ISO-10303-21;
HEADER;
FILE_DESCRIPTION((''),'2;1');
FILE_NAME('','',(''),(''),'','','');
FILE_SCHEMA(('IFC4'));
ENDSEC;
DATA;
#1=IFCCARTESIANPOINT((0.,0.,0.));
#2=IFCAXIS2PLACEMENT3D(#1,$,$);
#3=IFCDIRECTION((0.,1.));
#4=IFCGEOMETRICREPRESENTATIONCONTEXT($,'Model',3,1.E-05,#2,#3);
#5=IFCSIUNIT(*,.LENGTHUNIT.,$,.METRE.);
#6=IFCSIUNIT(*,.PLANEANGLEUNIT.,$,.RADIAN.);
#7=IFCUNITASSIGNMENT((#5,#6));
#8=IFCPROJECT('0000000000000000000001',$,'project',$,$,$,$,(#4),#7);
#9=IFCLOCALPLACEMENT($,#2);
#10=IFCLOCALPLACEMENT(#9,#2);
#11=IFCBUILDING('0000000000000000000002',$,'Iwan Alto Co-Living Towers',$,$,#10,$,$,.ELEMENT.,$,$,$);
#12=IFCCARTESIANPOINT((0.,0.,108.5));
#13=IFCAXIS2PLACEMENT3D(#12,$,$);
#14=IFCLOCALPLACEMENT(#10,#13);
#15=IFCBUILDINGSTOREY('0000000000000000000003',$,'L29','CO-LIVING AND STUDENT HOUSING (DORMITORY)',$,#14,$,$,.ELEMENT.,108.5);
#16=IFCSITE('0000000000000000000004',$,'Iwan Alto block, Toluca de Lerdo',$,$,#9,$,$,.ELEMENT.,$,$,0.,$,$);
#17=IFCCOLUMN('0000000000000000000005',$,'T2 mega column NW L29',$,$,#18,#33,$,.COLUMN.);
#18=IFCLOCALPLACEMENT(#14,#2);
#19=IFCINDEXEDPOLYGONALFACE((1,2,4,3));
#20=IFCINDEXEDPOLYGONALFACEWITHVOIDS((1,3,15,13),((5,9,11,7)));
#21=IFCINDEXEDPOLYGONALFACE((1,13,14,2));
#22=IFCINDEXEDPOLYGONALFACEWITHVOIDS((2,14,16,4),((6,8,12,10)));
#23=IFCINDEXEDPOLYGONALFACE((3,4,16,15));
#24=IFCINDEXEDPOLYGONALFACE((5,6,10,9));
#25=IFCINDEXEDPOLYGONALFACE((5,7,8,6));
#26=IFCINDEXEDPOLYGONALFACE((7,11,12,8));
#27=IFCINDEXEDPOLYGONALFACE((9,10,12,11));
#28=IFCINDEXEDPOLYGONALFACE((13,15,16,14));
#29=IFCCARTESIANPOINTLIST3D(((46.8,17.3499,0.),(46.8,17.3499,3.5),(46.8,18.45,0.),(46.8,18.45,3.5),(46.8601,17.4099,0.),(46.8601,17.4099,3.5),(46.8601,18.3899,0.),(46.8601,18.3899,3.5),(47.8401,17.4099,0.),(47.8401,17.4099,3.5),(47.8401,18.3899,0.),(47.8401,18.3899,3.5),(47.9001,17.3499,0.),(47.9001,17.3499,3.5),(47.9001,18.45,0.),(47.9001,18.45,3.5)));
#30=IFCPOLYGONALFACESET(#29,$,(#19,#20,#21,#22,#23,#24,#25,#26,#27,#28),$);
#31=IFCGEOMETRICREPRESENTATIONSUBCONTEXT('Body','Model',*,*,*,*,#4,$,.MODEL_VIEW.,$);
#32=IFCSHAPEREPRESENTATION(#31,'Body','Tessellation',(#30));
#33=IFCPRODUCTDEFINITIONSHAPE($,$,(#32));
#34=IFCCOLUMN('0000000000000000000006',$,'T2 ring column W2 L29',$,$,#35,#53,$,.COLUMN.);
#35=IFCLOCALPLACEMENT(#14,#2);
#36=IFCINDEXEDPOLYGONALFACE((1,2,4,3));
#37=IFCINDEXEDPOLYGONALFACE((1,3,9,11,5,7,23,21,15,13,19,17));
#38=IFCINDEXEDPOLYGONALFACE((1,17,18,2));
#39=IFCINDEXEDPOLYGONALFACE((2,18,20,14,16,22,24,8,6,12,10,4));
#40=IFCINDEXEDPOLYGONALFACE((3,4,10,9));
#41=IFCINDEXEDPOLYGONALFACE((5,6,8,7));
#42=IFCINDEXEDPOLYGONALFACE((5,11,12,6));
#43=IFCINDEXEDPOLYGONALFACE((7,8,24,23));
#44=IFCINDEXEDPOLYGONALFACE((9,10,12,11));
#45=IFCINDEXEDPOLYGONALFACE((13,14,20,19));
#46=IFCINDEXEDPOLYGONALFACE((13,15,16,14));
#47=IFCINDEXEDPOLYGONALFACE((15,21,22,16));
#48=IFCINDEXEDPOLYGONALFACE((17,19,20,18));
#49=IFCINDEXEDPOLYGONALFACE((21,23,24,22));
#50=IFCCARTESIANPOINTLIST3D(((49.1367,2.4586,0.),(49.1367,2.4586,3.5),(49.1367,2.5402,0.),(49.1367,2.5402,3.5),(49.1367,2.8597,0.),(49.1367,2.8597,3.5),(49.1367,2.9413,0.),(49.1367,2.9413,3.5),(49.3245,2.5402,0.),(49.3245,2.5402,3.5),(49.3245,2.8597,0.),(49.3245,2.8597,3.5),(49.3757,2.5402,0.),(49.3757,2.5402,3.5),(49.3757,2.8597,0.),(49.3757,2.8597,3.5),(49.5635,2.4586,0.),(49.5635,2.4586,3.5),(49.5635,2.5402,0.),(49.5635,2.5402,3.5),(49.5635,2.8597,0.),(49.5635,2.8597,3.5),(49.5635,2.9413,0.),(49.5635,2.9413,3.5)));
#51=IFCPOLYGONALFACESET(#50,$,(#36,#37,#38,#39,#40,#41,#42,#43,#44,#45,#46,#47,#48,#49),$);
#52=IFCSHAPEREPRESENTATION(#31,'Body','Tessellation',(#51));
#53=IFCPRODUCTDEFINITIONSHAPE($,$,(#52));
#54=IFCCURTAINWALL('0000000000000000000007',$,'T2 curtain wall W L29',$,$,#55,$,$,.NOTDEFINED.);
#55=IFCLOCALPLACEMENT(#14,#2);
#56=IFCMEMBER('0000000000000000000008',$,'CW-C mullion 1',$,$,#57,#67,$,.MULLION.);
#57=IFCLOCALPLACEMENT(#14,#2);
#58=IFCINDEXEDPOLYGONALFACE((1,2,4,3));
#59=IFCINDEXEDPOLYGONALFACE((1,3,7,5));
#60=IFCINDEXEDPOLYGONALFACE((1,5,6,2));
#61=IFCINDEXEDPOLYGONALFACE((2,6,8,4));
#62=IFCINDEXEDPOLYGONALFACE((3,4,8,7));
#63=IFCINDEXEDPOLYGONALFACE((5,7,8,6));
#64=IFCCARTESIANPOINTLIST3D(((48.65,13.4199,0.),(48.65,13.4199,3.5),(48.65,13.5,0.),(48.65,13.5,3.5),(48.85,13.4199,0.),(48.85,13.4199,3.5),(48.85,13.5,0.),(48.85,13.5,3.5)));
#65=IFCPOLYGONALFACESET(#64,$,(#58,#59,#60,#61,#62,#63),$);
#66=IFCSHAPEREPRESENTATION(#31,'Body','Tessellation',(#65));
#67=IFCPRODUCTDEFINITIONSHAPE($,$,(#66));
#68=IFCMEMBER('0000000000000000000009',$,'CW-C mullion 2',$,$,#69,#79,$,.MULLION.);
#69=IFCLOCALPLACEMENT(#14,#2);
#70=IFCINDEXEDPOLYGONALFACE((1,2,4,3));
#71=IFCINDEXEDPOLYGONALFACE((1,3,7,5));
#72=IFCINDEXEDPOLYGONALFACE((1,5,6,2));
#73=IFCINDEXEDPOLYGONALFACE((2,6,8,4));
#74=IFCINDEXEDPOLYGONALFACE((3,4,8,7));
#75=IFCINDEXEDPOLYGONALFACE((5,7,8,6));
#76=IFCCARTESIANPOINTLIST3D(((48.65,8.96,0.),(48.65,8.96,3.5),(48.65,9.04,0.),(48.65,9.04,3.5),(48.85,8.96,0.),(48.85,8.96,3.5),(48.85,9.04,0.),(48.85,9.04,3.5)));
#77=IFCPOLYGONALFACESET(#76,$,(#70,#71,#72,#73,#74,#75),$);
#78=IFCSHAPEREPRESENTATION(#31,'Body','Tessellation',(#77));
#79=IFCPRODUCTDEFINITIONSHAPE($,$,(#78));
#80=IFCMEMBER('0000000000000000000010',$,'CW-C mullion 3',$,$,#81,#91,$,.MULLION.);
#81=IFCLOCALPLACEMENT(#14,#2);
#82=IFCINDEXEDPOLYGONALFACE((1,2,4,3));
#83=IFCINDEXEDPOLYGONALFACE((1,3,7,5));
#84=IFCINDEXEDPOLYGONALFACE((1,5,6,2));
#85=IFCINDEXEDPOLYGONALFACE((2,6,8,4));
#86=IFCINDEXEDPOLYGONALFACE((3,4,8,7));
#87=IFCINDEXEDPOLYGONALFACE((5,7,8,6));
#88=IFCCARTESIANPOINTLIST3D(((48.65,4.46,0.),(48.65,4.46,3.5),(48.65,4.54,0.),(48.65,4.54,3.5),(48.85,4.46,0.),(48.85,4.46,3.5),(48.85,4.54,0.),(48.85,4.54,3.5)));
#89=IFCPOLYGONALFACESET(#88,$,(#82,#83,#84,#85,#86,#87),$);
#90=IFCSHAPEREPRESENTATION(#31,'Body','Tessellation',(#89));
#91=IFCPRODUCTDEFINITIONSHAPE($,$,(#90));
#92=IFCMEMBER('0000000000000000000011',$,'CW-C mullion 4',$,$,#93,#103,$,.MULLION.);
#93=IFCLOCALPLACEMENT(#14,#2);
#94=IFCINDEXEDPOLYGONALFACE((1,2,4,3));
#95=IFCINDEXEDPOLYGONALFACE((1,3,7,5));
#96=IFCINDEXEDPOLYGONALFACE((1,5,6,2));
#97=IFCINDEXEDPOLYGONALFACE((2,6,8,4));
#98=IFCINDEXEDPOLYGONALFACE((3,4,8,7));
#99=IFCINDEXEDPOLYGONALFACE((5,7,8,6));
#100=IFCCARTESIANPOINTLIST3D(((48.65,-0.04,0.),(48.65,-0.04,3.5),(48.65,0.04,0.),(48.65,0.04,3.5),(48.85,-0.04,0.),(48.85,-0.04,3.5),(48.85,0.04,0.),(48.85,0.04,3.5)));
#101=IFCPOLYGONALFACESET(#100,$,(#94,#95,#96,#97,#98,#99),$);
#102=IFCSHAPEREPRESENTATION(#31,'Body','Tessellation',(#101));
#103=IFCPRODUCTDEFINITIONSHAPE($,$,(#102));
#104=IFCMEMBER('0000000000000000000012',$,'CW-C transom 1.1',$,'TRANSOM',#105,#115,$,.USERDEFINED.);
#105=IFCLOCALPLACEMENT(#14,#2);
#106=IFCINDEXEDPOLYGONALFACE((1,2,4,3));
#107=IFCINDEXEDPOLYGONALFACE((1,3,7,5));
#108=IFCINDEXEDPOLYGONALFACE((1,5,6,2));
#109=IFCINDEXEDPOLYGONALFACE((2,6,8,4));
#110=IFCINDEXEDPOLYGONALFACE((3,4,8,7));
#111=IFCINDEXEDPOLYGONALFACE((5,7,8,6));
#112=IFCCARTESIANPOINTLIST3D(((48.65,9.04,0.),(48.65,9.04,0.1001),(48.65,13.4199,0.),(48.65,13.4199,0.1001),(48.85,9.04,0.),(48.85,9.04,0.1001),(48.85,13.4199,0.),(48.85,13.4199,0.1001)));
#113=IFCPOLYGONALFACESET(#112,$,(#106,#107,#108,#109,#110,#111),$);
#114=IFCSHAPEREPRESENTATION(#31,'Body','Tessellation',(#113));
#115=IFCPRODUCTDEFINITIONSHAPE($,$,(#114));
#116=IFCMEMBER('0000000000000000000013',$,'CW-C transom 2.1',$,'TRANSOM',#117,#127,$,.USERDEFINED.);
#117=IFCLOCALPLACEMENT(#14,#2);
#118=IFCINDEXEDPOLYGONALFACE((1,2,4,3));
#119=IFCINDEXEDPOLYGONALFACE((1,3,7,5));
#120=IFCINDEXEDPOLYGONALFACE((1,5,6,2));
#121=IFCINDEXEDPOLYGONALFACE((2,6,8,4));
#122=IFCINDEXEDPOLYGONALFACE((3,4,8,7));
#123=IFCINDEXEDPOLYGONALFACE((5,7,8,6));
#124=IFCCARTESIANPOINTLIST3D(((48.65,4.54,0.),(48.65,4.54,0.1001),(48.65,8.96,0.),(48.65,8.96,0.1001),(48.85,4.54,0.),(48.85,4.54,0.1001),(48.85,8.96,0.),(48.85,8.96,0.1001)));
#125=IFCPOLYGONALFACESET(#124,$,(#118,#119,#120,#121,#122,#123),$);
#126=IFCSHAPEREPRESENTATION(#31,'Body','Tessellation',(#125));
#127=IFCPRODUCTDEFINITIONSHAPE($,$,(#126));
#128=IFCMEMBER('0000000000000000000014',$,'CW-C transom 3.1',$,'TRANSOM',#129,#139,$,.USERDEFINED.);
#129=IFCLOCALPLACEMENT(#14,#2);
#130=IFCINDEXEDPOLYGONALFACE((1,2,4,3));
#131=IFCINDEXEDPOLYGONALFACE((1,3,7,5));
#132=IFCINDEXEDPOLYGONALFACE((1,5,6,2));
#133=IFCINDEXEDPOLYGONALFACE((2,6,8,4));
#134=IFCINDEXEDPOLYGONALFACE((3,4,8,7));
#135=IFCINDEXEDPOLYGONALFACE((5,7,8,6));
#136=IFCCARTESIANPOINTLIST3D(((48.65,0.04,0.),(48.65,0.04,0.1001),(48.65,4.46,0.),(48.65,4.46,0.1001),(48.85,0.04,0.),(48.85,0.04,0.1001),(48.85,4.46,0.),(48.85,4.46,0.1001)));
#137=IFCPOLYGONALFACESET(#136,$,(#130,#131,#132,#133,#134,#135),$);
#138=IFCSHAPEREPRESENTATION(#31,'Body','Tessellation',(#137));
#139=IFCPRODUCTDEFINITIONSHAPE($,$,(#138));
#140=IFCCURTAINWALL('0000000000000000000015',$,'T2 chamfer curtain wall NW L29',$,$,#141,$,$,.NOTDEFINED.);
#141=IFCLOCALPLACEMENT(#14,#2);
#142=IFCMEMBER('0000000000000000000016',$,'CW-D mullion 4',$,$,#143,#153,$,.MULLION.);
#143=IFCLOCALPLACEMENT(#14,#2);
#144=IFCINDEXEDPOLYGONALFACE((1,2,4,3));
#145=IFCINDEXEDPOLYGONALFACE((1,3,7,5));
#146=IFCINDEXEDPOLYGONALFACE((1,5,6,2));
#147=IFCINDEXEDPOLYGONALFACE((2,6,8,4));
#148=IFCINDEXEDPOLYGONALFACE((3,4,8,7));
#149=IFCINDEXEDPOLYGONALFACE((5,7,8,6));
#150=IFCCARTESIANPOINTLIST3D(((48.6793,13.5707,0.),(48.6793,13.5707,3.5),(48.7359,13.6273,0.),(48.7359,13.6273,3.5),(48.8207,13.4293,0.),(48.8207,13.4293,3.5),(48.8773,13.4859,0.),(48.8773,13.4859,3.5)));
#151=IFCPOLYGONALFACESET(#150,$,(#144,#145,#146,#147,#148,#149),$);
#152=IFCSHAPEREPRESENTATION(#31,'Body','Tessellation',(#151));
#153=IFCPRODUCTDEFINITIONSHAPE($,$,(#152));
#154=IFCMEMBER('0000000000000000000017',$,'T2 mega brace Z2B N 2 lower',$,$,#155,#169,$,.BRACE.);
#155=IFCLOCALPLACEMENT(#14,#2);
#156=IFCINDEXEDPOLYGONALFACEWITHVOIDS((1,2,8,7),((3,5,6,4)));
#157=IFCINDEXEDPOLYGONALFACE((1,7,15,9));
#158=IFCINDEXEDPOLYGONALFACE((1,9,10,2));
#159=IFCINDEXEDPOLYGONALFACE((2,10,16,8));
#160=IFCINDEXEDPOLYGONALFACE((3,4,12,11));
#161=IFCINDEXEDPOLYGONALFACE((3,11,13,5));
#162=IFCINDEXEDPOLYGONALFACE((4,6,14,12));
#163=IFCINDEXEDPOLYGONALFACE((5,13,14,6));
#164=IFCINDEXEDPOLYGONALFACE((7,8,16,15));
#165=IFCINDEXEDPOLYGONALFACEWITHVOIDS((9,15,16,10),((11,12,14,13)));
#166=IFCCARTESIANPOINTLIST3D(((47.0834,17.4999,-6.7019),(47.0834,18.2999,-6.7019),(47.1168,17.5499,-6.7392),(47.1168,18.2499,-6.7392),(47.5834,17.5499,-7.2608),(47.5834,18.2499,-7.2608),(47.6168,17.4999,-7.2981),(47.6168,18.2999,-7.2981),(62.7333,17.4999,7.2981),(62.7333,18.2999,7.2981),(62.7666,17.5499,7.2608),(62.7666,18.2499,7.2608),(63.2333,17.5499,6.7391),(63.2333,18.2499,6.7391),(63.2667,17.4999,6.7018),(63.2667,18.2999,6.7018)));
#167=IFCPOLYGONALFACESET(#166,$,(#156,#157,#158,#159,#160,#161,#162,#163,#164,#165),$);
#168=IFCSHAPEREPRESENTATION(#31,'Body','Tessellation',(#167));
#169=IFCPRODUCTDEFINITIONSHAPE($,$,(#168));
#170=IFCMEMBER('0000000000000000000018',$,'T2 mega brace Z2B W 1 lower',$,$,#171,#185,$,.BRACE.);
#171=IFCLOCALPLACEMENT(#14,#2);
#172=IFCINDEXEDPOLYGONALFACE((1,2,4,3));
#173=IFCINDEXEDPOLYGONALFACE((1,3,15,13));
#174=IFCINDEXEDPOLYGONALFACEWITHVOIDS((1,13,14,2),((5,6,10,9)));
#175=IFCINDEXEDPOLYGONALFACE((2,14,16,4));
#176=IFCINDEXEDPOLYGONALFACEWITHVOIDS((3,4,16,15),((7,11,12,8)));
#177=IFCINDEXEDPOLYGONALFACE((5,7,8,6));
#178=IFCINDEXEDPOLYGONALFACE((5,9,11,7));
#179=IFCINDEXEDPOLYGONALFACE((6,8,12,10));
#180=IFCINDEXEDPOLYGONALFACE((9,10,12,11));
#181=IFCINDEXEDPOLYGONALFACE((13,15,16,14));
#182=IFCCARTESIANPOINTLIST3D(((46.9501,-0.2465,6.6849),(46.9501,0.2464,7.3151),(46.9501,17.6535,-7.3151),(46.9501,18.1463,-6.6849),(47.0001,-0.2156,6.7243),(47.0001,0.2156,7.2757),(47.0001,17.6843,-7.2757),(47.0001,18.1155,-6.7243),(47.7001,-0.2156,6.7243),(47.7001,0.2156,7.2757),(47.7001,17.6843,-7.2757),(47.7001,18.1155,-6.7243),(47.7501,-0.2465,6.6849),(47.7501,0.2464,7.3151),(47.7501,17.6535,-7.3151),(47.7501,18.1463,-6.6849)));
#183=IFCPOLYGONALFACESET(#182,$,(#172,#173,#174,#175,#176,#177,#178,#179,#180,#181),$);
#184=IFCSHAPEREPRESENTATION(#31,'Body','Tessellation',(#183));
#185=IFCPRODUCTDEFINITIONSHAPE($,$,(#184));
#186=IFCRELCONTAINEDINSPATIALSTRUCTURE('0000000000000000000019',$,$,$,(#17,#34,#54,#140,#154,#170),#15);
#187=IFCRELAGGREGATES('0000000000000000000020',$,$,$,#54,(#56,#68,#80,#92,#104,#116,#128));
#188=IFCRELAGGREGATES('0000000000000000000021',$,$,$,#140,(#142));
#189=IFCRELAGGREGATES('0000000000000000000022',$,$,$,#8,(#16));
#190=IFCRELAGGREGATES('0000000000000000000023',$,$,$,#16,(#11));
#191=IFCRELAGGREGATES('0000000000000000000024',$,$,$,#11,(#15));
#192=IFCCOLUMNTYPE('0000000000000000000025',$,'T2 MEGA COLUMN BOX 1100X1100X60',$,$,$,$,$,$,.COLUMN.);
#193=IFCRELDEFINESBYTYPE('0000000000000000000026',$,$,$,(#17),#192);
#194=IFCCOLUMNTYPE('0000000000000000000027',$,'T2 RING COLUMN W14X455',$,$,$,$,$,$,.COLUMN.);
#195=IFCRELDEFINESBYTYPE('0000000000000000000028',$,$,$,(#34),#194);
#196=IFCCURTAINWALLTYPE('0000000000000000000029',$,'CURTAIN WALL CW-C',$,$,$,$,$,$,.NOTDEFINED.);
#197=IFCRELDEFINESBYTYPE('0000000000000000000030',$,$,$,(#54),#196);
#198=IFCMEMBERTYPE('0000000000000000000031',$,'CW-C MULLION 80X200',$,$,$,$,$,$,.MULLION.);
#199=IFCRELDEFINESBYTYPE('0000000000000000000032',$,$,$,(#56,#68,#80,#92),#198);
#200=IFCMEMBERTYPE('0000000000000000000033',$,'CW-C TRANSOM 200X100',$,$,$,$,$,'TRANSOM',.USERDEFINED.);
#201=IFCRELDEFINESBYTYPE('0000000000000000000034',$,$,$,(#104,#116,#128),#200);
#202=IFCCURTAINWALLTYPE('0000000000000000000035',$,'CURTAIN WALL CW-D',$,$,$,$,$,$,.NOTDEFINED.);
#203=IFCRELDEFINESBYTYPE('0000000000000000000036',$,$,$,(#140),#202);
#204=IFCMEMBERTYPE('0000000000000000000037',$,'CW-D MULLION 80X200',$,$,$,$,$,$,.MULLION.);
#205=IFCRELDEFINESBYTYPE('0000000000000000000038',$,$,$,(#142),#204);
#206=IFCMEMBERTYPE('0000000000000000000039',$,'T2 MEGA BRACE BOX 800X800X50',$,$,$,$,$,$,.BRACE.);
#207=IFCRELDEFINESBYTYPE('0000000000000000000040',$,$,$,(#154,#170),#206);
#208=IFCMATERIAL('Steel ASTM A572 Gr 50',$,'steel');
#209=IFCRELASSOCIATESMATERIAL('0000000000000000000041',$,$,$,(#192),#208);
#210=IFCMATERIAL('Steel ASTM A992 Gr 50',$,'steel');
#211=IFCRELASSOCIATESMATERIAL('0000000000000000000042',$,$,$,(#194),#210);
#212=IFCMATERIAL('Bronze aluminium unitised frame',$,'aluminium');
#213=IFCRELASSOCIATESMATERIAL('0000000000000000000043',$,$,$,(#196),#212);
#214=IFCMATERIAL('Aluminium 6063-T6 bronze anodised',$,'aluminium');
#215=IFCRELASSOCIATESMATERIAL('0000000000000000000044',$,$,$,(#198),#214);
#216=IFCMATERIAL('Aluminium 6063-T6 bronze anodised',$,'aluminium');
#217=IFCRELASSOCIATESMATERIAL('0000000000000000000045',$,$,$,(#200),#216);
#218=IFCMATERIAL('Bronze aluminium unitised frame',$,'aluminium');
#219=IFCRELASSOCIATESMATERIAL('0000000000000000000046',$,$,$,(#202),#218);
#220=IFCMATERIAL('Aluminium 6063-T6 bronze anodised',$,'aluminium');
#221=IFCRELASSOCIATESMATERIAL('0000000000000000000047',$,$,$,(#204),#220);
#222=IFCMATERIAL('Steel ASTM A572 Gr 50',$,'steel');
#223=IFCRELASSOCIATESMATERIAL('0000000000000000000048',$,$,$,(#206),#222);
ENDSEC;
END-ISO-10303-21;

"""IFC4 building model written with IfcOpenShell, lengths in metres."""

from ifc_helpers import new_model, si_unit, direction, frame, origin, origin_2d, place, context, subcontext, project, spatial, rectangle, hollow_rectangle, i_section, extrude, material, material_profile, profile_set, type_object, element, aggregate, save


model = new_model("IFC4")

# Units and contexts
model_context = context("Model", 3, precision=1e-05, world=origin(), true_north=direction((0.0, 1.0)))
body_context = subcontext(model_context, "Body", "Model", "MODEL_VIEW")
ifc_project = project(units=[si_unit("LENGTHUNIT", "METRE"), si_unit("PLANEANGLEUNIT", "RADIAN")], contexts=[model_context])

# Site, building, storey
site_placement = place(None, origin())
site = spatial("IfcSite", under=ifc_project, at=site_placement, Name="Iwan Alto block, Toluca de Lerdo", CompositionType="ELEMENT", RefElevation=0.0)
building_placement = place(site_placement, origin())
building = spatial("IfcBuilding", under=site, at=building_placement, Name="Iwan Alto Co-Living Towers", CompositionType="ELEMENT")
storey_placement = place(building_placement, frame((0.0, 0.0, 108.5)))
storey = spatial("IfcBuildingStorey", under=building, at=storey_placement, Name="L29", Description="CO-LIVING AND STUDENT HOUSING (DORMITORY)", CompositionType="ELEMENT", Elevation=108.5)

# Columns
ifc_material_1 = material(Name="Steel ASTM A572 Gr 50", Category="steel")
ifc_material_profile_1 = material_profile(ifc_material_1, hollow_rectangle(XDim=1.1001, YDim=1.1001, WallThickness=0.0601, at=origin_2d()), Name="BOX 1100X1100X60")
ifc_profile_set_1 = profile_set([ifc_material_profile_1], Name="Steel ASTM A572 Gr 50")
column_type_1 = type_object("IfcColumnType", Name="T2 MEGA COLUMN BOX 1100X1100X60", PredefinedType="COLUMN", material=ifc_profile_set_1)
column_1_placement = place(storey_placement, frame((47.3501, 17.8999, 0.0), z_axis=(0.0, 0.0, 1.0), x_axis=(1.0, 0.0, 0.0)))
element("IfcColumn", 1, at=column_1_placement, inside=storey, type_object=column_type_1, Name="T2 mega column NW L29", PredefinedType="COLUMN", context=body_context, shape_type="SweptSolid", body=[
    extrude(hollow_rectangle(XDim=1.1001, YDim=1.1001, WallThickness=0.0601, at=origin_2d()), origin(), (0.0, 0.0, 1.0), 3.5),
])
ifc_material_2 = material(Name="Steel ASTM A992 Gr 50", Category="steel")
ifc_material_profile_2 = material_profile(ifc_material_2, i_section(OverallWidth=0.4268, OverallDepth=0.4827, WebThickness=0.0513, FlangeThickness=0.0815, at=origin_2d()), Name="W14X455")
ifc_profile_set_2 = profile_set([ifc_material_profile_2], Name="Steel ASTM A992 Gr 50")
column_type_2 = type_object("IfcColumnType", Name="T2 RING COLUMN W14X455", PredefinedType="COLUMN", material=ifc_profile_set_2)
column_2_placement = place(storey_placement, frame((49.3501, 2.7, 0.0), z_axis=(0.0, 0.0, 1.0), x_axis=(1.0, 0.0, 0.0)))
element("IfcColumn", 2, at=column_2_placement, inside=storey, type_object=column_type_2, Name="T2 ring column W2 L29", PredefinedType="COLUMN", context=body_context, shape_type="SweptSolid", body=[
    extrude(i_section(OverallWidth=0.4268, OverallDepth=0.4827, WebThickness=0.0513, FlangeThickness=0.0815, at=origin_2d()), origin(), (0.0, 0.0, 1.0), 3.5),
])

# Curtain wall, members
ifc_material_3 = material(Name="Bronze aluminium unitised frame", Category="aluminium")
curtain_wall_type_1 = type_object("IfcCurtainWallType", Name="CURTAIN WALL CW-C", PredefinedType="NOTDEFINED", material=ifc_material_3)
curtain_wall_1_placement = place(storey_placement, origin())
curtain_wall_1 = element("IfcCurtainWall", 3, at=curtain_wall_1_placement, inside=storey, type_object=curtain_wall_type_1, Name="T2 curtain wall W L29", PredefinedType="NOTDEFINED")
ifc_material_4 = material(Name="Aluminium 6063-T6 bronze anodised", Category="aluminium")
ifc_material_profile_3 = material_profile(ifc_material_4, rectangle(XDim=0.2, YDim=0.0801, at=origin_2d()), Name="AL 80X200")
ifc_profile_set_3 = profile_set([ifc_material_profile_3], Name="Aluminium 6063-T6 bronze anodised")
member_type_1 = type_object("IfcMemberType", Name="CW-C MULLION 80X200", PredefinedType="MULLION", material=ifc_profile_set_3)
member_1_placement = place(storey_placement, frame((48.75, 13.46, 0.0), z_axis=(0.0, 0.0, 1.0), x_axis=(1.0, 0.0, 0.0)))
member_1 = element("IfcMember", 4, at=member_1_placement, type_object=member_type_1, Name="CW-C mullion 1", PredefinedType="MULLION", context=body_context, shape_type="SweptSolid", body=[
    extrude(rectangle(XDim=0.2, YDim=0.0801, at=origin_2d()), origin(), (0.0, 0.0, 1.0), 3.5),
])
member_2_placement = place(storey_placement, frame((48.75, 9.0, 0.0), z_axis=(0.0, 0.0, 1.0), x_axis=(1.0, 0.0, 0.0)))
member_2 = element("IfcMember", 5, at=member_2_placement, type_object=member_type_1, Name="CW-C mullion 2", PredefinedType="MULLION", context=body_context, shape_type="SweptSolid", body=[
    extrude(rectangle(XDim=0.2, YDim=0.0801, at=origin_2d()), origin(), (0.0, 0.0, 1.0), 3.5),
])
member_3_placement = place(storey_placement, frame((48.75, 4.5, 0.0), z_axis=(0.0, 0.0, 1.0), x_axis=(1.0, 0.0, 0.0)))
member_3 = element("IfcMember", 6, at=member_3_placement, type_object=member_type_1, Name="CW-C mullion 3", PredefinedType="MULLION", context=body_context, shape_type="SweptSolid", body=[
    extrude(rectangle(XDim=0.2, YDim=0.0801, at=origin_2d()), origin(), (0.0, 0.0, 1.0), 3.5),
])
member_4_placement = place(storey_placement, frame((48.75, 0.0, 0.0), z_axis=(0.0, 0.0, 1.0), x_axis=(1.0, 0.0, 0.0)))
member_4 = element("IfcMember", 7, at=member_4_placement, type_object=member_type_1, Name="CW-C mullion 4", PredefinedType="MULLION", context=body_context, shape_type="SweptSolid", body=[
    extrude(rectangle(XDim=0.2, YDim=0.0801, at=origin_2d()), origin(), (0.0, 0.0, 1.0), 3.5),
])
ifc_material_5 = material(Name="Aluminium 6063-T6 bronze anodised", Category="aluminium")
ifc_material_profile_4 = material_profile(ifc_material_5, rectangle(XDim=0.2, YDim=0.1001, at=origin_2d()), Name="AL 200X100")
ifc_profile_set_4 = profile_set([ifc_material_profile_4], Name="Aluminium 6063-T6 bronze anodised")
member_type_2 = type_object("IfcMemberType", Name="CW-C TRANSOM 200X100", ElementType="TRANSOM", PredefinedType="USERDEFINED", material=ifc_profile_set_4)
member_5_placement = place(storey_placement, frame((48.75, 13.4199, 0.05), z_axis=(0.0, -1.0, 0.0), x_axis=(1.0, 0.0, 0.0)))
member_5 = element("IfcMember", 8, at=member_5_placement, type_object=member_type_2, Name="CW-C transom 1.1", ObjectType="TRANSOM", PredefinedType="USERDEFINED", context=body_context, shape_type="SweptSolid", body=[
    extrude(rectangle(XDim=0.2, YDim=0.1001, at=origin_2d()), origin(), (0.0, 0.0, 1.0), 4.3799),
])
member_6_placement = place(storey_placement, frame((48.75, 8.96, 0.05), z_axis=(0.0, -1.0, 0.0), x_axis=(1.0, 0.0, 0.0)))
member_6 = element("IfcMember", 9, at=member_6_placement, type_object=member_type_2, Name="CW-C transom 2.1", ObjectType="TRANSOM", PredefinedType="USERDEFINED", context=body_context, shape_type="SweptSolid", body=[
    extrude(rectangle(XDim=0.2, YDim=0.1001, at=origin_2d()), origin(), (0.0, 0.0, 1.0), 4.4199),
])
member_7_placement = place(storey_placement, frame((48.75, 4.46, 0.05), z_axis=(0.0, -1.0, 0.0), x_axis=(1.0, 0.0, 0.0)))
member_7 = element("IfcMember", 10, at=member_7_placement, type_object=member_type_2, Name="CW-C transom 3.1", ObjectType="TRANSOM", PredefinedType="USERDEFINED", context=body_context, shape_type="SweptSolid", body=[
    extrude(rectangle(XDim=0.2, YDim=0.1001, at=origin_2d()), origin(), (0.0, 0.0, 1.0), 4.4199),
])

# Curtain wall, member
ifc_material_6 = material(Name="Bronze aluminium unitised frame", Category="aluminium")
curtain_wall_type_2 = type_object("IfcCurtainWallType", Name="CURTAIN WALL CW-D", PredefinedType="NOTDEFINED", material=ifc_material_6)
curtain_wall_2_placement = place(storey_placement, origin())
curtain_wall_2 = element("IfcCurtainWall", 11, at=curtain_wall_2_placement, inside=storey, type_object=curtain_wall_type_2, Name="T2 chamfer curtain wall NW L29", PredefinedType="NOTDEFINED")
ifc_material_7 = material(Name="Aluminium 6063-T6 bronze anodised", Category="aluminium")
ifc_material_profile_5 = material_profile(ifc_material_7, rectangle(XDim=0.2, YDim=0.0801, at=origin_2d()), Name="AL 80X200")
ifc_profile_set_5 = profile_set([ifc_material_profile_5], Name="Aluminium 6063-T6 bronze anodised")
member_type_3 = type_object("IfcMemberType", Name="CW-D MULLION 80X200", PredefinedType="MULLION", material=ifc_profile_set_5)
member_8_placement = place(storey_placement, frame((48.7783, 13.5283, 0.0), z_axis=(0.0, 0.0, 1.0), x_axis=(0.707107, -0.707107, 0.0)))
member_8 = element("IfcMember", 12, at=member_8_placement, type_object=member_type_3, Name="CW-D mullion 4", PredefinedType="MULLION", context=body_context, shape_type="SweptSolid", body=[
    extrude(rectangle(XDim=0.2, YDim=0.0801, at=origin_2d()), origin(), (0.0, 0.0, 1.0), 3.5),
])

# Members
ifc_material_8 = material(Name="Steel ASTM A572 Gr 50", Category="steel")
ifc_material_profile_6 = material_profile(ifc_material_8, hollow_rectangle(XDim=0.8, YDim=0.8, WallThickness=0.05, at=origin_2d()), Name="BOX 800X800X50")
ifc_profile_set_6 = profile_set([ifc_material_profile_6], Name="Steel ASTM A572 Gr 50")
member_type_4 = type_object("IfcMemberType", Name="T2 MEGA BRACE BOX 800X800X50", PredefinedType="BRACE", material=ifc_profile_set_6)
member_9_placement = place(storey_placement, frame((47.3501, 17.8999, -7.0), z_axis=(0.745302, 0.0, 0.666728), x_axis=(0.0, 1.0, 0.0)))
element("IfcMember", 13, at=member_9_placement, inside=storey, type_object=member_type_4, Name="T2 mega brace Z2B N 2 lower", PredefinedType="BRACE", context=body_context, shape_type="SweptSolid", body=[
    extrude(hollow_rectangle(XDim=0.8, YDim=0.8, WallThickness=0.05, at=origin_2d()), origin(), (0.0, 0.0, 1.0), 20.998),
])
member_10_placement = place(storey_placement, frame((47.3501, 17.8999, -7.0), z_axis=(0.0, -0.787689, 0.616073), x_axis=(1.0, 0.0, 0.0)))
element("IfcMember", 14, at=member_10_placement, inside=storey, type_object=member_type_4, Name="T2 mega brace Z2B W 1 lower", PredefinedType="BRACE", context=body_context, shape_type="SweptSolid", body=[
    extrude(hollow_rectangle(XDim=0.8, YDim=0.8, WallThickness=0.05, at=origin_2d()), origin(), (0.0, 0.0, 1.0), 22.7246),
])

aggregate(curtain_wall_1, [member_1, member_2, member_3, member_4, member_5, member_6, member_7])
aggregate(curtain_wall_2, [member_8])

save(model, "model.ifc")
